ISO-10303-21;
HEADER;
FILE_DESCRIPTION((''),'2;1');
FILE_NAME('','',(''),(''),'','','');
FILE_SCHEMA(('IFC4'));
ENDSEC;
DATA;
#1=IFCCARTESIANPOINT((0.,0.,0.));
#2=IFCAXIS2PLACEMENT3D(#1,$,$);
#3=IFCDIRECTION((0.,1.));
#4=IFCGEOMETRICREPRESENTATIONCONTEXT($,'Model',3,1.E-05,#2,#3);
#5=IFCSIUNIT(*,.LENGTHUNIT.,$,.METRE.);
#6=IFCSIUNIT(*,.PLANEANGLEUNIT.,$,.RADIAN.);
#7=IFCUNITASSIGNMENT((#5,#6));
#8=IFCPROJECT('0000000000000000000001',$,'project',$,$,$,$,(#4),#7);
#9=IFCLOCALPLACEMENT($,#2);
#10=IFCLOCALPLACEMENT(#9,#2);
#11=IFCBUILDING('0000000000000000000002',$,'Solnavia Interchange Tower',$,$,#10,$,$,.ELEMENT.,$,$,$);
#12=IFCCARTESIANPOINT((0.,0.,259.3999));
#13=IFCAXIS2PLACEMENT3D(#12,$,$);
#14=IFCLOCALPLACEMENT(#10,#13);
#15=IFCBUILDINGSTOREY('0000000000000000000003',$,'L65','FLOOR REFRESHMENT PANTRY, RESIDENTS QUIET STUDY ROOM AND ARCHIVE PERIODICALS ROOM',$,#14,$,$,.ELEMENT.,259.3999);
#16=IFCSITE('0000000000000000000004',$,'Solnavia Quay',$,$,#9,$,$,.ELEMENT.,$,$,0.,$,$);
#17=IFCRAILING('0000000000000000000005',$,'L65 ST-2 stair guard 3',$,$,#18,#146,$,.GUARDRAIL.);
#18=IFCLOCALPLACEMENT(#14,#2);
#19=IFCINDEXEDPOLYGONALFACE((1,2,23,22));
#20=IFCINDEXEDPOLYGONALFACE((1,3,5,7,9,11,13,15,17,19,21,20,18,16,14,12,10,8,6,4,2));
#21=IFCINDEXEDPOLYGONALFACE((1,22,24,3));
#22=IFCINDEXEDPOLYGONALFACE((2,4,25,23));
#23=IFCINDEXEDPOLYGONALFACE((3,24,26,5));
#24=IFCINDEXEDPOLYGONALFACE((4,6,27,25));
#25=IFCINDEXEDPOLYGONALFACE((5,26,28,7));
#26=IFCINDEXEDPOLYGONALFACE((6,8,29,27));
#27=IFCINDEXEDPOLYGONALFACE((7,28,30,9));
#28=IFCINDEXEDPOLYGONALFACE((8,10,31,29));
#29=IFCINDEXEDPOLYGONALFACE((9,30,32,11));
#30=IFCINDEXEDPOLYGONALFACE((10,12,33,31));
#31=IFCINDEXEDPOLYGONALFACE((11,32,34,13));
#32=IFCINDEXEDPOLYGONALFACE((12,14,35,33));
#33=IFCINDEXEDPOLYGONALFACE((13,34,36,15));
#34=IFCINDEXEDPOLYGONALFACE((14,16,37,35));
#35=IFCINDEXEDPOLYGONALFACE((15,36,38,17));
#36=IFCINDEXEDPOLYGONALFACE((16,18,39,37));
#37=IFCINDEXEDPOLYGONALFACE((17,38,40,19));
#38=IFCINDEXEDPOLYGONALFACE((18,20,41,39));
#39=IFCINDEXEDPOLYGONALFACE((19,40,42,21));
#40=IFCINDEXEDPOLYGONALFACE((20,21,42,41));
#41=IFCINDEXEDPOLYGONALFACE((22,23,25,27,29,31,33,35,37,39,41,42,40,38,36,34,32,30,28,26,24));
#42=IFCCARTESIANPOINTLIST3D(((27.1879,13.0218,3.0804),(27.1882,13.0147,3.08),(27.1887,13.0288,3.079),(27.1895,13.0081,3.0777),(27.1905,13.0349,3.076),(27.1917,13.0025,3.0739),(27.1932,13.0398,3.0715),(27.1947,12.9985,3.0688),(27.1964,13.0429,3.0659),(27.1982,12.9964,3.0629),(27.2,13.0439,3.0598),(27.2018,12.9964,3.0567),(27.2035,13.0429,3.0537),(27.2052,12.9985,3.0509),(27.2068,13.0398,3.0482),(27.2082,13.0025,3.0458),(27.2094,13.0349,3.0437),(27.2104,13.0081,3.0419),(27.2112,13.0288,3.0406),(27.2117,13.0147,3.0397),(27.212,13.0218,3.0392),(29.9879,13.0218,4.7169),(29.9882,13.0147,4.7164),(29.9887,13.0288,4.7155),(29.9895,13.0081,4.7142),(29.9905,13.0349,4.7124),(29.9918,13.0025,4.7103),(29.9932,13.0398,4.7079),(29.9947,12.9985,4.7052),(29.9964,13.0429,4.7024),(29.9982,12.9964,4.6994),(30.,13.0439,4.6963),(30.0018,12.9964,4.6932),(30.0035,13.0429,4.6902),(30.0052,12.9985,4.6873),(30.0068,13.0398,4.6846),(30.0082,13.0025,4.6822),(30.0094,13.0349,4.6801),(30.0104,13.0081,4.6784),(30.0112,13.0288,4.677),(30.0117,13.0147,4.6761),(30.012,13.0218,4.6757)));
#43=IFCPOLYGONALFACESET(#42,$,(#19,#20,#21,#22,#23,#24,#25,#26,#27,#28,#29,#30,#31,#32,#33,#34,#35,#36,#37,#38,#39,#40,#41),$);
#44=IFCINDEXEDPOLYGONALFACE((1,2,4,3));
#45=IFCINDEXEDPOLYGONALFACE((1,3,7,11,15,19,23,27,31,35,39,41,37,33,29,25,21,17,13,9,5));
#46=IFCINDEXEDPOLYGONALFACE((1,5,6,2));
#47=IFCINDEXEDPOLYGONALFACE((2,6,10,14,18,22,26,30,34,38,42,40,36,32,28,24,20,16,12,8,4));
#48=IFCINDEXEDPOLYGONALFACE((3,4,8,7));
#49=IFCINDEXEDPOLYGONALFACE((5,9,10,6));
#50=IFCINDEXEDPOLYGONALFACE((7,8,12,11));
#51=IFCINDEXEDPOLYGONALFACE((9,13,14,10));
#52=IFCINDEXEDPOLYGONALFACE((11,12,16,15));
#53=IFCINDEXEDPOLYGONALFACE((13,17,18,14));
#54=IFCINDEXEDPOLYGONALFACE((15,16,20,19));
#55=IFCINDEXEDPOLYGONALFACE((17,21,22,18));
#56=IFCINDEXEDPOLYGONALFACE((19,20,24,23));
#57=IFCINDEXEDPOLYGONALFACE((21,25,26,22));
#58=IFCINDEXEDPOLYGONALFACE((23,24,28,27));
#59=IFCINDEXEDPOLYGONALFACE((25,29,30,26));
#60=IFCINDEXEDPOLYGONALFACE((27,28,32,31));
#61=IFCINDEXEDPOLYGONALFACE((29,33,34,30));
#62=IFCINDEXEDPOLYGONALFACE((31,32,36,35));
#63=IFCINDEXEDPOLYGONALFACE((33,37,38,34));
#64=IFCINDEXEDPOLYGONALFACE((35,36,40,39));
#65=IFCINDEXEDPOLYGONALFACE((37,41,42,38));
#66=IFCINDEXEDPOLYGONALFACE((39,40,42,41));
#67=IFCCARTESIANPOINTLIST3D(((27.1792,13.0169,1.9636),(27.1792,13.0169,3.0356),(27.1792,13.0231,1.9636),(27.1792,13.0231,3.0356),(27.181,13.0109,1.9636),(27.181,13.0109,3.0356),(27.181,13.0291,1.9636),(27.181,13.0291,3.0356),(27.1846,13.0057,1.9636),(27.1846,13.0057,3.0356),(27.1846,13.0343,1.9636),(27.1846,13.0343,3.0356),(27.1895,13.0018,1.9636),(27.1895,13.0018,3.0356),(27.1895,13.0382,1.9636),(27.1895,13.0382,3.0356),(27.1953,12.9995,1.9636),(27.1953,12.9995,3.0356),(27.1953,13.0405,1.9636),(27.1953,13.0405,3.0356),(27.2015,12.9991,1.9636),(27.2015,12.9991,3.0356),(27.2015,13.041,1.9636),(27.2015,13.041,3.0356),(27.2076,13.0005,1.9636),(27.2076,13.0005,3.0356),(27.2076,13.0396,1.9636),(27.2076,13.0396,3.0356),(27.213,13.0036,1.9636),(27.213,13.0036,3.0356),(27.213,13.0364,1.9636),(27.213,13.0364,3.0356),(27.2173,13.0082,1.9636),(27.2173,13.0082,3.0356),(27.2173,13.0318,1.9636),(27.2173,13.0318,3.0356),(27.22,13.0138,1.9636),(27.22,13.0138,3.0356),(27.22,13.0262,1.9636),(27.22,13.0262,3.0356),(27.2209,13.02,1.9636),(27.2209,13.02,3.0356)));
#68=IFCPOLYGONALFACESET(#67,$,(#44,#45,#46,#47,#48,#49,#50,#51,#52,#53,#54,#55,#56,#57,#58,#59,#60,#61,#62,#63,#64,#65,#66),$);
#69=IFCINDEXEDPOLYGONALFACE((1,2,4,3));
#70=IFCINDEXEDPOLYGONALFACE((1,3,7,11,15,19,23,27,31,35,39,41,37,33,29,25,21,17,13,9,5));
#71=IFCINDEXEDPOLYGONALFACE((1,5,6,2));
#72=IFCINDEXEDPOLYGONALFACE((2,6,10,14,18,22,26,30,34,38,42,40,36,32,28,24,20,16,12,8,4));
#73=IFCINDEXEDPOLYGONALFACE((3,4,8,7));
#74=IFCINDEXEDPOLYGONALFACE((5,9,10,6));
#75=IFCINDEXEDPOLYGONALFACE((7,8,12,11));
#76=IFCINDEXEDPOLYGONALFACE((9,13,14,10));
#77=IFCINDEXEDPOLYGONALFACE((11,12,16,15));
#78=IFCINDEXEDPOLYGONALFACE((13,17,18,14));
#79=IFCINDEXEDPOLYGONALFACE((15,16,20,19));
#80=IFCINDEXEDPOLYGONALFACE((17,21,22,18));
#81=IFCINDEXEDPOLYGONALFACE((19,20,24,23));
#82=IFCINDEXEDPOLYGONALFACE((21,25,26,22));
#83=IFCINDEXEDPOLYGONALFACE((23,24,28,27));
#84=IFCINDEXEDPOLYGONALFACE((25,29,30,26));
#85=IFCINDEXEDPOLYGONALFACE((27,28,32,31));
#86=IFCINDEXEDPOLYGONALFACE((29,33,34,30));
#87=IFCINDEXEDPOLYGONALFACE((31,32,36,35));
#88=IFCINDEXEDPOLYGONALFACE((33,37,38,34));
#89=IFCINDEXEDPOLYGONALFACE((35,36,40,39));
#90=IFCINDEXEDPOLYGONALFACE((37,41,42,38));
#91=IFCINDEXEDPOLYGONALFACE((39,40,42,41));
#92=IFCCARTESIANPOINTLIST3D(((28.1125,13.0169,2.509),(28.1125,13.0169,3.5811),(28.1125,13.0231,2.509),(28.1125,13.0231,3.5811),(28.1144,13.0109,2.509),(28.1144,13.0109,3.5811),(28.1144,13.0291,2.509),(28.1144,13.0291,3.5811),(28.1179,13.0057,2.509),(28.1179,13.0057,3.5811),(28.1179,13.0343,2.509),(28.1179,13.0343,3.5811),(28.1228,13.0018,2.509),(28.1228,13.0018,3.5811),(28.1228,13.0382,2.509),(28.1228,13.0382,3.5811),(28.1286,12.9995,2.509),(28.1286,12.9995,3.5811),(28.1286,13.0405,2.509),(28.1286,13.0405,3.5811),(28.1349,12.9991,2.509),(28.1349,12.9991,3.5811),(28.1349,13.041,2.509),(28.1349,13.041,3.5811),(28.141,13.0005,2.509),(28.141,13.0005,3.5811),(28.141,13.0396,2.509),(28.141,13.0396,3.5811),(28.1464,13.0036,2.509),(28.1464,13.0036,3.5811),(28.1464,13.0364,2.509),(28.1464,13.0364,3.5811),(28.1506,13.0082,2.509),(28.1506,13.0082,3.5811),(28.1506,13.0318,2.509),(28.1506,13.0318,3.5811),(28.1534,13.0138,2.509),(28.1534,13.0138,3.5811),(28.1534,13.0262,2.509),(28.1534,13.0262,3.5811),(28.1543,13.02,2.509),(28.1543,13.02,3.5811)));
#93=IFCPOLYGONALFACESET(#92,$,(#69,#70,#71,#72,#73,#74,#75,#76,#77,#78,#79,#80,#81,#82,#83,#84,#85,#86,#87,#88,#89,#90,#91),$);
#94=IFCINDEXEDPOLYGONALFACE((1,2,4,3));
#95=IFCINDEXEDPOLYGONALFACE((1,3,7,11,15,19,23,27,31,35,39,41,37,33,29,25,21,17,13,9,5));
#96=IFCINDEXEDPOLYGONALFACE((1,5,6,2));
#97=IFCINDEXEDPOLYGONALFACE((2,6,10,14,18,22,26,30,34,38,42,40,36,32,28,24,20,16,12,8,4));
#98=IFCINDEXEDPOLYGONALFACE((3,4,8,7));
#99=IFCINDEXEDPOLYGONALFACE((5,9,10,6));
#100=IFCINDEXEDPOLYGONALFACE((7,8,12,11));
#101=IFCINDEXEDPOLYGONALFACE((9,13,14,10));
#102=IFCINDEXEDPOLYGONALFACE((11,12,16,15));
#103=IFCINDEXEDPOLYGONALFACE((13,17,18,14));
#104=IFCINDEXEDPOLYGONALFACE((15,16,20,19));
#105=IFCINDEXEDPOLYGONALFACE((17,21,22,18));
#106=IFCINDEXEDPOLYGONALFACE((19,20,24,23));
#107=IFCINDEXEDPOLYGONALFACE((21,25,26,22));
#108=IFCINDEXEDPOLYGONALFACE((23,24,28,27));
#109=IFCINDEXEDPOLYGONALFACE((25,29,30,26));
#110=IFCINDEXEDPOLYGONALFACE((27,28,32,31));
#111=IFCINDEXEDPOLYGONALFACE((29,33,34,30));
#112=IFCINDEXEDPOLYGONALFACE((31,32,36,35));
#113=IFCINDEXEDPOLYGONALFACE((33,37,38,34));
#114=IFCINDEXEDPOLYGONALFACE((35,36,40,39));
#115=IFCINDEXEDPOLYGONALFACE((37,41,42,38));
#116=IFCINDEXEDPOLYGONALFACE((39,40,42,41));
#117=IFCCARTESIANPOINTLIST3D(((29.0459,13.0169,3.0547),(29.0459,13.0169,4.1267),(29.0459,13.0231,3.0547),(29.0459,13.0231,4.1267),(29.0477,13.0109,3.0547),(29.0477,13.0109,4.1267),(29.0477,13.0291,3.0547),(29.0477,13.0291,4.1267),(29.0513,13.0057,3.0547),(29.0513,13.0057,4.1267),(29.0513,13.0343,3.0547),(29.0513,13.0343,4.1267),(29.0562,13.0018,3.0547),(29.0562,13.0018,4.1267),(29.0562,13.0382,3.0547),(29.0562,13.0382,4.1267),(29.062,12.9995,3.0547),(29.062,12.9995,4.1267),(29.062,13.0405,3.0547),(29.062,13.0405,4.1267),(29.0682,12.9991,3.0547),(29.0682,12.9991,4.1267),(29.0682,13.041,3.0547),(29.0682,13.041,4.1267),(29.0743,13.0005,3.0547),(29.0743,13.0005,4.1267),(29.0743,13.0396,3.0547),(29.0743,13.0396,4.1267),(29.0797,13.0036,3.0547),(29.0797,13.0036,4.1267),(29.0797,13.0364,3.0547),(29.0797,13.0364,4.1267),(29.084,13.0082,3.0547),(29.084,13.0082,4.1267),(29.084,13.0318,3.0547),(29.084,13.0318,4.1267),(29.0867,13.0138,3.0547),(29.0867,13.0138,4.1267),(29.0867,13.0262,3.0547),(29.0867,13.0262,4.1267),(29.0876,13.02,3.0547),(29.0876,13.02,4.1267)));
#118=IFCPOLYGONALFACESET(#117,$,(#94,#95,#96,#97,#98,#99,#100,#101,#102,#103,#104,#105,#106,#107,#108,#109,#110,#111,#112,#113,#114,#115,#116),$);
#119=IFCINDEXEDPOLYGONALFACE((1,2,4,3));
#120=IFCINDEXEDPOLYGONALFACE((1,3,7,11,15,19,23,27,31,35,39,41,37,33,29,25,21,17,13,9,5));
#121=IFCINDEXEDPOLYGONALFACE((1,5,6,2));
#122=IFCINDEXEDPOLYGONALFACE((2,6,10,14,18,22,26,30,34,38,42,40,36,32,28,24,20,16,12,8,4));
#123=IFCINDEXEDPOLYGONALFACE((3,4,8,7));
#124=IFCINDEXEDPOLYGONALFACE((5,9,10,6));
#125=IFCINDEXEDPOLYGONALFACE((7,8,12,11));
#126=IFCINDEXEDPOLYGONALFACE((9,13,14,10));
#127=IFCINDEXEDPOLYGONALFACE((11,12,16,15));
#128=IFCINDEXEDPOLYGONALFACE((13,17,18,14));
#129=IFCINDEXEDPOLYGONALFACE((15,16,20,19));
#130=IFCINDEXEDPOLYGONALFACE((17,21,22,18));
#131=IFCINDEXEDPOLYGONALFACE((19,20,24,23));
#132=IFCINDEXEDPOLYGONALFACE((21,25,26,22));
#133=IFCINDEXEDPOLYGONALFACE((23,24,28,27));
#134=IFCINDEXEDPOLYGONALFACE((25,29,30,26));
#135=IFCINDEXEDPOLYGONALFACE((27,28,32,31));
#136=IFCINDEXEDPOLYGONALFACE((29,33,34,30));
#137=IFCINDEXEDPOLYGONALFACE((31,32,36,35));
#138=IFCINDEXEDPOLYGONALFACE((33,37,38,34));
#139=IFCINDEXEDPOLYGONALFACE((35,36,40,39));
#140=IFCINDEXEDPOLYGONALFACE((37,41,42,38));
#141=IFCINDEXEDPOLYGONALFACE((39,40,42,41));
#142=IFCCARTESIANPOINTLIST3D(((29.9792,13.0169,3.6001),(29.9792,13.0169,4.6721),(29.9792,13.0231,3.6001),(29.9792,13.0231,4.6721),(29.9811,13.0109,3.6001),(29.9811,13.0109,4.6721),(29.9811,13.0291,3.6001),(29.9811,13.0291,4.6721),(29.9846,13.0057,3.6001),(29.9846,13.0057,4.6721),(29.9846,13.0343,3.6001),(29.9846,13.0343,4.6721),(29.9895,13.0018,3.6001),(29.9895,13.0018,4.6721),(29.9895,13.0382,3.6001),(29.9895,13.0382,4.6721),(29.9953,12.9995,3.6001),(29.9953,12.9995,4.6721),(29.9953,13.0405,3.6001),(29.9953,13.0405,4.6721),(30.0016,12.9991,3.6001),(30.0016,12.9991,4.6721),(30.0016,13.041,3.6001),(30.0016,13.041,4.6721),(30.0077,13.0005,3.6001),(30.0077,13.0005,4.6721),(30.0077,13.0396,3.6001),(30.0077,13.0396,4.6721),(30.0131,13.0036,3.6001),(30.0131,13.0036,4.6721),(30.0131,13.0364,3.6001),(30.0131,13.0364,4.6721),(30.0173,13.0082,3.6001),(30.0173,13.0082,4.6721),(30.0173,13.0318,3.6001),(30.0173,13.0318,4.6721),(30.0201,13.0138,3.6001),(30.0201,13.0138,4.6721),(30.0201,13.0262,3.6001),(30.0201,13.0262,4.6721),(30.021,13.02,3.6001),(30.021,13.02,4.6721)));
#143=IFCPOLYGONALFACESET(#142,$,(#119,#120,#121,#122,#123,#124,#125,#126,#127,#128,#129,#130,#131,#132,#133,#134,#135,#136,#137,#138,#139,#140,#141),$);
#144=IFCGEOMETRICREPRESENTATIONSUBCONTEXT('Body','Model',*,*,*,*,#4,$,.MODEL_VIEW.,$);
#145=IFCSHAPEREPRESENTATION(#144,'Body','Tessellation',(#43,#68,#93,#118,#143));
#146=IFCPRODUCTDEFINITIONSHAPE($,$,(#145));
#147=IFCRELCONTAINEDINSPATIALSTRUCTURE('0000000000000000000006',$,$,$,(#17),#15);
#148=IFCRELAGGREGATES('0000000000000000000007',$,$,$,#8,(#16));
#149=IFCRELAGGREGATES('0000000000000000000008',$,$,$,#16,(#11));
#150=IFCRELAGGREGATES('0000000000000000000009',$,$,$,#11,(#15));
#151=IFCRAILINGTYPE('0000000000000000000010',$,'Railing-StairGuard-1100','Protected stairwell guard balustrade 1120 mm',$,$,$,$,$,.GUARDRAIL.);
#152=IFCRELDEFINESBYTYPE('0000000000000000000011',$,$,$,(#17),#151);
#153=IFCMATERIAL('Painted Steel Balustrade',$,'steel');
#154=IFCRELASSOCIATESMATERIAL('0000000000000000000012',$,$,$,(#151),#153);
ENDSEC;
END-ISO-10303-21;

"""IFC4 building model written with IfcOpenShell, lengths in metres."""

from ifc_helpers import new_model, si_unit, direction, frame, origin, origin_2d, place, context, subcontext, project, spatial, circle, extrude, material, type_object, element, save


model = new_model("IFC4")

# Units and contexts
model_context = context("Model", 3, precision=1e-05, world=origin(), true_north=direction((0.0, 1.0)))
body_context = subcontext(model_context, "Body", "Model", "MODEL_VIEW")
ifc_project = project(units=[si_unit("LENGTHUNIT", "METRE"), si_unit("PLANEANGLEUNIT", "RADIAN")], contexts=[model_context])

# Site, building, storey
site_placement = place(None, origin())
site = spatial("IfcSite", under=ifc_project, at=site_placement, Name="Solnavia Quay", CompositionType="ELEMENT", RefElevation=0.0)
building_placement = place(site_placement, origin())
building = spatial("IfcBuilding", under=site, at=building_placement, Name="Solnavia Interchange Tower", CompositionType="ELEMENT")
storey_placement = place(building_placement, frame((0.0, 0.0, 259.3999)))
storey = spatial("IfcBuildingStorey", under=building, at=storey_placement, Name="L65", Description="FLOOR REFRESHMENT PANTRY, RESIDENTS QUIET STUDY ROOM AND ARCHIVE PERIODICALS ROOM", CompositionType="ELEMENT", Elevation=259.3999)

# Railing
ifc_material_1 = material(Name="Painted Steel Balustrade", Category="steel")
railing_type_1 = type_object("IfcRailingType", Name="Railing-StairGuard-1100", Description="Protected stairwell guard balustrade 1120 mm", PredefinedType="GUARDRAIL", material=ifc_material_1)
railing_1_placement = place(storey_placement, frame((27.2, 13.02, 1.9636)))
element("IfcRailing", 1, at=railing_1_placement, inside=storey, type_object=railing_type_1, Name="L65 ST-2 stair guard 3", PredefinedType="GUARDRAIL", context=body_context, shape_type="SweptSolid", body=[
    extrude(circle(Radius=0.0239, at=origin_2d()), frame((0.0, 0.0, 1.0962), z_axis=(0.863361, 0.0, 0.504587), x_axis=(0.0, 1.0, 0.0)), (0.0, 0.0, 1.0), 3.2432),
    extrude(circle(Radius=0.021, at=origin_2d()), origin(), (0.0, 0.0, 1.0), 1.072),
    extrude(circle(Radius=0.021, at=origin_2d()), frame((0.9333, 0.0, 0.5454)), (0.0, 0.0, 1.0), 1.072),
    extrude(circle(Radius=0.021, at=origin_2d()), frame((1.8667, 0.0, 1.0911)), (0.0, 0.0, 1.0), 1.072),
    extrude(circle(Radius=0.021, at=origin_2d()), frame((2.8, 0.0, 1.6365)), (0.0, 0.0, 1.0), 1.072),
])

save(model, "model.ifc")
